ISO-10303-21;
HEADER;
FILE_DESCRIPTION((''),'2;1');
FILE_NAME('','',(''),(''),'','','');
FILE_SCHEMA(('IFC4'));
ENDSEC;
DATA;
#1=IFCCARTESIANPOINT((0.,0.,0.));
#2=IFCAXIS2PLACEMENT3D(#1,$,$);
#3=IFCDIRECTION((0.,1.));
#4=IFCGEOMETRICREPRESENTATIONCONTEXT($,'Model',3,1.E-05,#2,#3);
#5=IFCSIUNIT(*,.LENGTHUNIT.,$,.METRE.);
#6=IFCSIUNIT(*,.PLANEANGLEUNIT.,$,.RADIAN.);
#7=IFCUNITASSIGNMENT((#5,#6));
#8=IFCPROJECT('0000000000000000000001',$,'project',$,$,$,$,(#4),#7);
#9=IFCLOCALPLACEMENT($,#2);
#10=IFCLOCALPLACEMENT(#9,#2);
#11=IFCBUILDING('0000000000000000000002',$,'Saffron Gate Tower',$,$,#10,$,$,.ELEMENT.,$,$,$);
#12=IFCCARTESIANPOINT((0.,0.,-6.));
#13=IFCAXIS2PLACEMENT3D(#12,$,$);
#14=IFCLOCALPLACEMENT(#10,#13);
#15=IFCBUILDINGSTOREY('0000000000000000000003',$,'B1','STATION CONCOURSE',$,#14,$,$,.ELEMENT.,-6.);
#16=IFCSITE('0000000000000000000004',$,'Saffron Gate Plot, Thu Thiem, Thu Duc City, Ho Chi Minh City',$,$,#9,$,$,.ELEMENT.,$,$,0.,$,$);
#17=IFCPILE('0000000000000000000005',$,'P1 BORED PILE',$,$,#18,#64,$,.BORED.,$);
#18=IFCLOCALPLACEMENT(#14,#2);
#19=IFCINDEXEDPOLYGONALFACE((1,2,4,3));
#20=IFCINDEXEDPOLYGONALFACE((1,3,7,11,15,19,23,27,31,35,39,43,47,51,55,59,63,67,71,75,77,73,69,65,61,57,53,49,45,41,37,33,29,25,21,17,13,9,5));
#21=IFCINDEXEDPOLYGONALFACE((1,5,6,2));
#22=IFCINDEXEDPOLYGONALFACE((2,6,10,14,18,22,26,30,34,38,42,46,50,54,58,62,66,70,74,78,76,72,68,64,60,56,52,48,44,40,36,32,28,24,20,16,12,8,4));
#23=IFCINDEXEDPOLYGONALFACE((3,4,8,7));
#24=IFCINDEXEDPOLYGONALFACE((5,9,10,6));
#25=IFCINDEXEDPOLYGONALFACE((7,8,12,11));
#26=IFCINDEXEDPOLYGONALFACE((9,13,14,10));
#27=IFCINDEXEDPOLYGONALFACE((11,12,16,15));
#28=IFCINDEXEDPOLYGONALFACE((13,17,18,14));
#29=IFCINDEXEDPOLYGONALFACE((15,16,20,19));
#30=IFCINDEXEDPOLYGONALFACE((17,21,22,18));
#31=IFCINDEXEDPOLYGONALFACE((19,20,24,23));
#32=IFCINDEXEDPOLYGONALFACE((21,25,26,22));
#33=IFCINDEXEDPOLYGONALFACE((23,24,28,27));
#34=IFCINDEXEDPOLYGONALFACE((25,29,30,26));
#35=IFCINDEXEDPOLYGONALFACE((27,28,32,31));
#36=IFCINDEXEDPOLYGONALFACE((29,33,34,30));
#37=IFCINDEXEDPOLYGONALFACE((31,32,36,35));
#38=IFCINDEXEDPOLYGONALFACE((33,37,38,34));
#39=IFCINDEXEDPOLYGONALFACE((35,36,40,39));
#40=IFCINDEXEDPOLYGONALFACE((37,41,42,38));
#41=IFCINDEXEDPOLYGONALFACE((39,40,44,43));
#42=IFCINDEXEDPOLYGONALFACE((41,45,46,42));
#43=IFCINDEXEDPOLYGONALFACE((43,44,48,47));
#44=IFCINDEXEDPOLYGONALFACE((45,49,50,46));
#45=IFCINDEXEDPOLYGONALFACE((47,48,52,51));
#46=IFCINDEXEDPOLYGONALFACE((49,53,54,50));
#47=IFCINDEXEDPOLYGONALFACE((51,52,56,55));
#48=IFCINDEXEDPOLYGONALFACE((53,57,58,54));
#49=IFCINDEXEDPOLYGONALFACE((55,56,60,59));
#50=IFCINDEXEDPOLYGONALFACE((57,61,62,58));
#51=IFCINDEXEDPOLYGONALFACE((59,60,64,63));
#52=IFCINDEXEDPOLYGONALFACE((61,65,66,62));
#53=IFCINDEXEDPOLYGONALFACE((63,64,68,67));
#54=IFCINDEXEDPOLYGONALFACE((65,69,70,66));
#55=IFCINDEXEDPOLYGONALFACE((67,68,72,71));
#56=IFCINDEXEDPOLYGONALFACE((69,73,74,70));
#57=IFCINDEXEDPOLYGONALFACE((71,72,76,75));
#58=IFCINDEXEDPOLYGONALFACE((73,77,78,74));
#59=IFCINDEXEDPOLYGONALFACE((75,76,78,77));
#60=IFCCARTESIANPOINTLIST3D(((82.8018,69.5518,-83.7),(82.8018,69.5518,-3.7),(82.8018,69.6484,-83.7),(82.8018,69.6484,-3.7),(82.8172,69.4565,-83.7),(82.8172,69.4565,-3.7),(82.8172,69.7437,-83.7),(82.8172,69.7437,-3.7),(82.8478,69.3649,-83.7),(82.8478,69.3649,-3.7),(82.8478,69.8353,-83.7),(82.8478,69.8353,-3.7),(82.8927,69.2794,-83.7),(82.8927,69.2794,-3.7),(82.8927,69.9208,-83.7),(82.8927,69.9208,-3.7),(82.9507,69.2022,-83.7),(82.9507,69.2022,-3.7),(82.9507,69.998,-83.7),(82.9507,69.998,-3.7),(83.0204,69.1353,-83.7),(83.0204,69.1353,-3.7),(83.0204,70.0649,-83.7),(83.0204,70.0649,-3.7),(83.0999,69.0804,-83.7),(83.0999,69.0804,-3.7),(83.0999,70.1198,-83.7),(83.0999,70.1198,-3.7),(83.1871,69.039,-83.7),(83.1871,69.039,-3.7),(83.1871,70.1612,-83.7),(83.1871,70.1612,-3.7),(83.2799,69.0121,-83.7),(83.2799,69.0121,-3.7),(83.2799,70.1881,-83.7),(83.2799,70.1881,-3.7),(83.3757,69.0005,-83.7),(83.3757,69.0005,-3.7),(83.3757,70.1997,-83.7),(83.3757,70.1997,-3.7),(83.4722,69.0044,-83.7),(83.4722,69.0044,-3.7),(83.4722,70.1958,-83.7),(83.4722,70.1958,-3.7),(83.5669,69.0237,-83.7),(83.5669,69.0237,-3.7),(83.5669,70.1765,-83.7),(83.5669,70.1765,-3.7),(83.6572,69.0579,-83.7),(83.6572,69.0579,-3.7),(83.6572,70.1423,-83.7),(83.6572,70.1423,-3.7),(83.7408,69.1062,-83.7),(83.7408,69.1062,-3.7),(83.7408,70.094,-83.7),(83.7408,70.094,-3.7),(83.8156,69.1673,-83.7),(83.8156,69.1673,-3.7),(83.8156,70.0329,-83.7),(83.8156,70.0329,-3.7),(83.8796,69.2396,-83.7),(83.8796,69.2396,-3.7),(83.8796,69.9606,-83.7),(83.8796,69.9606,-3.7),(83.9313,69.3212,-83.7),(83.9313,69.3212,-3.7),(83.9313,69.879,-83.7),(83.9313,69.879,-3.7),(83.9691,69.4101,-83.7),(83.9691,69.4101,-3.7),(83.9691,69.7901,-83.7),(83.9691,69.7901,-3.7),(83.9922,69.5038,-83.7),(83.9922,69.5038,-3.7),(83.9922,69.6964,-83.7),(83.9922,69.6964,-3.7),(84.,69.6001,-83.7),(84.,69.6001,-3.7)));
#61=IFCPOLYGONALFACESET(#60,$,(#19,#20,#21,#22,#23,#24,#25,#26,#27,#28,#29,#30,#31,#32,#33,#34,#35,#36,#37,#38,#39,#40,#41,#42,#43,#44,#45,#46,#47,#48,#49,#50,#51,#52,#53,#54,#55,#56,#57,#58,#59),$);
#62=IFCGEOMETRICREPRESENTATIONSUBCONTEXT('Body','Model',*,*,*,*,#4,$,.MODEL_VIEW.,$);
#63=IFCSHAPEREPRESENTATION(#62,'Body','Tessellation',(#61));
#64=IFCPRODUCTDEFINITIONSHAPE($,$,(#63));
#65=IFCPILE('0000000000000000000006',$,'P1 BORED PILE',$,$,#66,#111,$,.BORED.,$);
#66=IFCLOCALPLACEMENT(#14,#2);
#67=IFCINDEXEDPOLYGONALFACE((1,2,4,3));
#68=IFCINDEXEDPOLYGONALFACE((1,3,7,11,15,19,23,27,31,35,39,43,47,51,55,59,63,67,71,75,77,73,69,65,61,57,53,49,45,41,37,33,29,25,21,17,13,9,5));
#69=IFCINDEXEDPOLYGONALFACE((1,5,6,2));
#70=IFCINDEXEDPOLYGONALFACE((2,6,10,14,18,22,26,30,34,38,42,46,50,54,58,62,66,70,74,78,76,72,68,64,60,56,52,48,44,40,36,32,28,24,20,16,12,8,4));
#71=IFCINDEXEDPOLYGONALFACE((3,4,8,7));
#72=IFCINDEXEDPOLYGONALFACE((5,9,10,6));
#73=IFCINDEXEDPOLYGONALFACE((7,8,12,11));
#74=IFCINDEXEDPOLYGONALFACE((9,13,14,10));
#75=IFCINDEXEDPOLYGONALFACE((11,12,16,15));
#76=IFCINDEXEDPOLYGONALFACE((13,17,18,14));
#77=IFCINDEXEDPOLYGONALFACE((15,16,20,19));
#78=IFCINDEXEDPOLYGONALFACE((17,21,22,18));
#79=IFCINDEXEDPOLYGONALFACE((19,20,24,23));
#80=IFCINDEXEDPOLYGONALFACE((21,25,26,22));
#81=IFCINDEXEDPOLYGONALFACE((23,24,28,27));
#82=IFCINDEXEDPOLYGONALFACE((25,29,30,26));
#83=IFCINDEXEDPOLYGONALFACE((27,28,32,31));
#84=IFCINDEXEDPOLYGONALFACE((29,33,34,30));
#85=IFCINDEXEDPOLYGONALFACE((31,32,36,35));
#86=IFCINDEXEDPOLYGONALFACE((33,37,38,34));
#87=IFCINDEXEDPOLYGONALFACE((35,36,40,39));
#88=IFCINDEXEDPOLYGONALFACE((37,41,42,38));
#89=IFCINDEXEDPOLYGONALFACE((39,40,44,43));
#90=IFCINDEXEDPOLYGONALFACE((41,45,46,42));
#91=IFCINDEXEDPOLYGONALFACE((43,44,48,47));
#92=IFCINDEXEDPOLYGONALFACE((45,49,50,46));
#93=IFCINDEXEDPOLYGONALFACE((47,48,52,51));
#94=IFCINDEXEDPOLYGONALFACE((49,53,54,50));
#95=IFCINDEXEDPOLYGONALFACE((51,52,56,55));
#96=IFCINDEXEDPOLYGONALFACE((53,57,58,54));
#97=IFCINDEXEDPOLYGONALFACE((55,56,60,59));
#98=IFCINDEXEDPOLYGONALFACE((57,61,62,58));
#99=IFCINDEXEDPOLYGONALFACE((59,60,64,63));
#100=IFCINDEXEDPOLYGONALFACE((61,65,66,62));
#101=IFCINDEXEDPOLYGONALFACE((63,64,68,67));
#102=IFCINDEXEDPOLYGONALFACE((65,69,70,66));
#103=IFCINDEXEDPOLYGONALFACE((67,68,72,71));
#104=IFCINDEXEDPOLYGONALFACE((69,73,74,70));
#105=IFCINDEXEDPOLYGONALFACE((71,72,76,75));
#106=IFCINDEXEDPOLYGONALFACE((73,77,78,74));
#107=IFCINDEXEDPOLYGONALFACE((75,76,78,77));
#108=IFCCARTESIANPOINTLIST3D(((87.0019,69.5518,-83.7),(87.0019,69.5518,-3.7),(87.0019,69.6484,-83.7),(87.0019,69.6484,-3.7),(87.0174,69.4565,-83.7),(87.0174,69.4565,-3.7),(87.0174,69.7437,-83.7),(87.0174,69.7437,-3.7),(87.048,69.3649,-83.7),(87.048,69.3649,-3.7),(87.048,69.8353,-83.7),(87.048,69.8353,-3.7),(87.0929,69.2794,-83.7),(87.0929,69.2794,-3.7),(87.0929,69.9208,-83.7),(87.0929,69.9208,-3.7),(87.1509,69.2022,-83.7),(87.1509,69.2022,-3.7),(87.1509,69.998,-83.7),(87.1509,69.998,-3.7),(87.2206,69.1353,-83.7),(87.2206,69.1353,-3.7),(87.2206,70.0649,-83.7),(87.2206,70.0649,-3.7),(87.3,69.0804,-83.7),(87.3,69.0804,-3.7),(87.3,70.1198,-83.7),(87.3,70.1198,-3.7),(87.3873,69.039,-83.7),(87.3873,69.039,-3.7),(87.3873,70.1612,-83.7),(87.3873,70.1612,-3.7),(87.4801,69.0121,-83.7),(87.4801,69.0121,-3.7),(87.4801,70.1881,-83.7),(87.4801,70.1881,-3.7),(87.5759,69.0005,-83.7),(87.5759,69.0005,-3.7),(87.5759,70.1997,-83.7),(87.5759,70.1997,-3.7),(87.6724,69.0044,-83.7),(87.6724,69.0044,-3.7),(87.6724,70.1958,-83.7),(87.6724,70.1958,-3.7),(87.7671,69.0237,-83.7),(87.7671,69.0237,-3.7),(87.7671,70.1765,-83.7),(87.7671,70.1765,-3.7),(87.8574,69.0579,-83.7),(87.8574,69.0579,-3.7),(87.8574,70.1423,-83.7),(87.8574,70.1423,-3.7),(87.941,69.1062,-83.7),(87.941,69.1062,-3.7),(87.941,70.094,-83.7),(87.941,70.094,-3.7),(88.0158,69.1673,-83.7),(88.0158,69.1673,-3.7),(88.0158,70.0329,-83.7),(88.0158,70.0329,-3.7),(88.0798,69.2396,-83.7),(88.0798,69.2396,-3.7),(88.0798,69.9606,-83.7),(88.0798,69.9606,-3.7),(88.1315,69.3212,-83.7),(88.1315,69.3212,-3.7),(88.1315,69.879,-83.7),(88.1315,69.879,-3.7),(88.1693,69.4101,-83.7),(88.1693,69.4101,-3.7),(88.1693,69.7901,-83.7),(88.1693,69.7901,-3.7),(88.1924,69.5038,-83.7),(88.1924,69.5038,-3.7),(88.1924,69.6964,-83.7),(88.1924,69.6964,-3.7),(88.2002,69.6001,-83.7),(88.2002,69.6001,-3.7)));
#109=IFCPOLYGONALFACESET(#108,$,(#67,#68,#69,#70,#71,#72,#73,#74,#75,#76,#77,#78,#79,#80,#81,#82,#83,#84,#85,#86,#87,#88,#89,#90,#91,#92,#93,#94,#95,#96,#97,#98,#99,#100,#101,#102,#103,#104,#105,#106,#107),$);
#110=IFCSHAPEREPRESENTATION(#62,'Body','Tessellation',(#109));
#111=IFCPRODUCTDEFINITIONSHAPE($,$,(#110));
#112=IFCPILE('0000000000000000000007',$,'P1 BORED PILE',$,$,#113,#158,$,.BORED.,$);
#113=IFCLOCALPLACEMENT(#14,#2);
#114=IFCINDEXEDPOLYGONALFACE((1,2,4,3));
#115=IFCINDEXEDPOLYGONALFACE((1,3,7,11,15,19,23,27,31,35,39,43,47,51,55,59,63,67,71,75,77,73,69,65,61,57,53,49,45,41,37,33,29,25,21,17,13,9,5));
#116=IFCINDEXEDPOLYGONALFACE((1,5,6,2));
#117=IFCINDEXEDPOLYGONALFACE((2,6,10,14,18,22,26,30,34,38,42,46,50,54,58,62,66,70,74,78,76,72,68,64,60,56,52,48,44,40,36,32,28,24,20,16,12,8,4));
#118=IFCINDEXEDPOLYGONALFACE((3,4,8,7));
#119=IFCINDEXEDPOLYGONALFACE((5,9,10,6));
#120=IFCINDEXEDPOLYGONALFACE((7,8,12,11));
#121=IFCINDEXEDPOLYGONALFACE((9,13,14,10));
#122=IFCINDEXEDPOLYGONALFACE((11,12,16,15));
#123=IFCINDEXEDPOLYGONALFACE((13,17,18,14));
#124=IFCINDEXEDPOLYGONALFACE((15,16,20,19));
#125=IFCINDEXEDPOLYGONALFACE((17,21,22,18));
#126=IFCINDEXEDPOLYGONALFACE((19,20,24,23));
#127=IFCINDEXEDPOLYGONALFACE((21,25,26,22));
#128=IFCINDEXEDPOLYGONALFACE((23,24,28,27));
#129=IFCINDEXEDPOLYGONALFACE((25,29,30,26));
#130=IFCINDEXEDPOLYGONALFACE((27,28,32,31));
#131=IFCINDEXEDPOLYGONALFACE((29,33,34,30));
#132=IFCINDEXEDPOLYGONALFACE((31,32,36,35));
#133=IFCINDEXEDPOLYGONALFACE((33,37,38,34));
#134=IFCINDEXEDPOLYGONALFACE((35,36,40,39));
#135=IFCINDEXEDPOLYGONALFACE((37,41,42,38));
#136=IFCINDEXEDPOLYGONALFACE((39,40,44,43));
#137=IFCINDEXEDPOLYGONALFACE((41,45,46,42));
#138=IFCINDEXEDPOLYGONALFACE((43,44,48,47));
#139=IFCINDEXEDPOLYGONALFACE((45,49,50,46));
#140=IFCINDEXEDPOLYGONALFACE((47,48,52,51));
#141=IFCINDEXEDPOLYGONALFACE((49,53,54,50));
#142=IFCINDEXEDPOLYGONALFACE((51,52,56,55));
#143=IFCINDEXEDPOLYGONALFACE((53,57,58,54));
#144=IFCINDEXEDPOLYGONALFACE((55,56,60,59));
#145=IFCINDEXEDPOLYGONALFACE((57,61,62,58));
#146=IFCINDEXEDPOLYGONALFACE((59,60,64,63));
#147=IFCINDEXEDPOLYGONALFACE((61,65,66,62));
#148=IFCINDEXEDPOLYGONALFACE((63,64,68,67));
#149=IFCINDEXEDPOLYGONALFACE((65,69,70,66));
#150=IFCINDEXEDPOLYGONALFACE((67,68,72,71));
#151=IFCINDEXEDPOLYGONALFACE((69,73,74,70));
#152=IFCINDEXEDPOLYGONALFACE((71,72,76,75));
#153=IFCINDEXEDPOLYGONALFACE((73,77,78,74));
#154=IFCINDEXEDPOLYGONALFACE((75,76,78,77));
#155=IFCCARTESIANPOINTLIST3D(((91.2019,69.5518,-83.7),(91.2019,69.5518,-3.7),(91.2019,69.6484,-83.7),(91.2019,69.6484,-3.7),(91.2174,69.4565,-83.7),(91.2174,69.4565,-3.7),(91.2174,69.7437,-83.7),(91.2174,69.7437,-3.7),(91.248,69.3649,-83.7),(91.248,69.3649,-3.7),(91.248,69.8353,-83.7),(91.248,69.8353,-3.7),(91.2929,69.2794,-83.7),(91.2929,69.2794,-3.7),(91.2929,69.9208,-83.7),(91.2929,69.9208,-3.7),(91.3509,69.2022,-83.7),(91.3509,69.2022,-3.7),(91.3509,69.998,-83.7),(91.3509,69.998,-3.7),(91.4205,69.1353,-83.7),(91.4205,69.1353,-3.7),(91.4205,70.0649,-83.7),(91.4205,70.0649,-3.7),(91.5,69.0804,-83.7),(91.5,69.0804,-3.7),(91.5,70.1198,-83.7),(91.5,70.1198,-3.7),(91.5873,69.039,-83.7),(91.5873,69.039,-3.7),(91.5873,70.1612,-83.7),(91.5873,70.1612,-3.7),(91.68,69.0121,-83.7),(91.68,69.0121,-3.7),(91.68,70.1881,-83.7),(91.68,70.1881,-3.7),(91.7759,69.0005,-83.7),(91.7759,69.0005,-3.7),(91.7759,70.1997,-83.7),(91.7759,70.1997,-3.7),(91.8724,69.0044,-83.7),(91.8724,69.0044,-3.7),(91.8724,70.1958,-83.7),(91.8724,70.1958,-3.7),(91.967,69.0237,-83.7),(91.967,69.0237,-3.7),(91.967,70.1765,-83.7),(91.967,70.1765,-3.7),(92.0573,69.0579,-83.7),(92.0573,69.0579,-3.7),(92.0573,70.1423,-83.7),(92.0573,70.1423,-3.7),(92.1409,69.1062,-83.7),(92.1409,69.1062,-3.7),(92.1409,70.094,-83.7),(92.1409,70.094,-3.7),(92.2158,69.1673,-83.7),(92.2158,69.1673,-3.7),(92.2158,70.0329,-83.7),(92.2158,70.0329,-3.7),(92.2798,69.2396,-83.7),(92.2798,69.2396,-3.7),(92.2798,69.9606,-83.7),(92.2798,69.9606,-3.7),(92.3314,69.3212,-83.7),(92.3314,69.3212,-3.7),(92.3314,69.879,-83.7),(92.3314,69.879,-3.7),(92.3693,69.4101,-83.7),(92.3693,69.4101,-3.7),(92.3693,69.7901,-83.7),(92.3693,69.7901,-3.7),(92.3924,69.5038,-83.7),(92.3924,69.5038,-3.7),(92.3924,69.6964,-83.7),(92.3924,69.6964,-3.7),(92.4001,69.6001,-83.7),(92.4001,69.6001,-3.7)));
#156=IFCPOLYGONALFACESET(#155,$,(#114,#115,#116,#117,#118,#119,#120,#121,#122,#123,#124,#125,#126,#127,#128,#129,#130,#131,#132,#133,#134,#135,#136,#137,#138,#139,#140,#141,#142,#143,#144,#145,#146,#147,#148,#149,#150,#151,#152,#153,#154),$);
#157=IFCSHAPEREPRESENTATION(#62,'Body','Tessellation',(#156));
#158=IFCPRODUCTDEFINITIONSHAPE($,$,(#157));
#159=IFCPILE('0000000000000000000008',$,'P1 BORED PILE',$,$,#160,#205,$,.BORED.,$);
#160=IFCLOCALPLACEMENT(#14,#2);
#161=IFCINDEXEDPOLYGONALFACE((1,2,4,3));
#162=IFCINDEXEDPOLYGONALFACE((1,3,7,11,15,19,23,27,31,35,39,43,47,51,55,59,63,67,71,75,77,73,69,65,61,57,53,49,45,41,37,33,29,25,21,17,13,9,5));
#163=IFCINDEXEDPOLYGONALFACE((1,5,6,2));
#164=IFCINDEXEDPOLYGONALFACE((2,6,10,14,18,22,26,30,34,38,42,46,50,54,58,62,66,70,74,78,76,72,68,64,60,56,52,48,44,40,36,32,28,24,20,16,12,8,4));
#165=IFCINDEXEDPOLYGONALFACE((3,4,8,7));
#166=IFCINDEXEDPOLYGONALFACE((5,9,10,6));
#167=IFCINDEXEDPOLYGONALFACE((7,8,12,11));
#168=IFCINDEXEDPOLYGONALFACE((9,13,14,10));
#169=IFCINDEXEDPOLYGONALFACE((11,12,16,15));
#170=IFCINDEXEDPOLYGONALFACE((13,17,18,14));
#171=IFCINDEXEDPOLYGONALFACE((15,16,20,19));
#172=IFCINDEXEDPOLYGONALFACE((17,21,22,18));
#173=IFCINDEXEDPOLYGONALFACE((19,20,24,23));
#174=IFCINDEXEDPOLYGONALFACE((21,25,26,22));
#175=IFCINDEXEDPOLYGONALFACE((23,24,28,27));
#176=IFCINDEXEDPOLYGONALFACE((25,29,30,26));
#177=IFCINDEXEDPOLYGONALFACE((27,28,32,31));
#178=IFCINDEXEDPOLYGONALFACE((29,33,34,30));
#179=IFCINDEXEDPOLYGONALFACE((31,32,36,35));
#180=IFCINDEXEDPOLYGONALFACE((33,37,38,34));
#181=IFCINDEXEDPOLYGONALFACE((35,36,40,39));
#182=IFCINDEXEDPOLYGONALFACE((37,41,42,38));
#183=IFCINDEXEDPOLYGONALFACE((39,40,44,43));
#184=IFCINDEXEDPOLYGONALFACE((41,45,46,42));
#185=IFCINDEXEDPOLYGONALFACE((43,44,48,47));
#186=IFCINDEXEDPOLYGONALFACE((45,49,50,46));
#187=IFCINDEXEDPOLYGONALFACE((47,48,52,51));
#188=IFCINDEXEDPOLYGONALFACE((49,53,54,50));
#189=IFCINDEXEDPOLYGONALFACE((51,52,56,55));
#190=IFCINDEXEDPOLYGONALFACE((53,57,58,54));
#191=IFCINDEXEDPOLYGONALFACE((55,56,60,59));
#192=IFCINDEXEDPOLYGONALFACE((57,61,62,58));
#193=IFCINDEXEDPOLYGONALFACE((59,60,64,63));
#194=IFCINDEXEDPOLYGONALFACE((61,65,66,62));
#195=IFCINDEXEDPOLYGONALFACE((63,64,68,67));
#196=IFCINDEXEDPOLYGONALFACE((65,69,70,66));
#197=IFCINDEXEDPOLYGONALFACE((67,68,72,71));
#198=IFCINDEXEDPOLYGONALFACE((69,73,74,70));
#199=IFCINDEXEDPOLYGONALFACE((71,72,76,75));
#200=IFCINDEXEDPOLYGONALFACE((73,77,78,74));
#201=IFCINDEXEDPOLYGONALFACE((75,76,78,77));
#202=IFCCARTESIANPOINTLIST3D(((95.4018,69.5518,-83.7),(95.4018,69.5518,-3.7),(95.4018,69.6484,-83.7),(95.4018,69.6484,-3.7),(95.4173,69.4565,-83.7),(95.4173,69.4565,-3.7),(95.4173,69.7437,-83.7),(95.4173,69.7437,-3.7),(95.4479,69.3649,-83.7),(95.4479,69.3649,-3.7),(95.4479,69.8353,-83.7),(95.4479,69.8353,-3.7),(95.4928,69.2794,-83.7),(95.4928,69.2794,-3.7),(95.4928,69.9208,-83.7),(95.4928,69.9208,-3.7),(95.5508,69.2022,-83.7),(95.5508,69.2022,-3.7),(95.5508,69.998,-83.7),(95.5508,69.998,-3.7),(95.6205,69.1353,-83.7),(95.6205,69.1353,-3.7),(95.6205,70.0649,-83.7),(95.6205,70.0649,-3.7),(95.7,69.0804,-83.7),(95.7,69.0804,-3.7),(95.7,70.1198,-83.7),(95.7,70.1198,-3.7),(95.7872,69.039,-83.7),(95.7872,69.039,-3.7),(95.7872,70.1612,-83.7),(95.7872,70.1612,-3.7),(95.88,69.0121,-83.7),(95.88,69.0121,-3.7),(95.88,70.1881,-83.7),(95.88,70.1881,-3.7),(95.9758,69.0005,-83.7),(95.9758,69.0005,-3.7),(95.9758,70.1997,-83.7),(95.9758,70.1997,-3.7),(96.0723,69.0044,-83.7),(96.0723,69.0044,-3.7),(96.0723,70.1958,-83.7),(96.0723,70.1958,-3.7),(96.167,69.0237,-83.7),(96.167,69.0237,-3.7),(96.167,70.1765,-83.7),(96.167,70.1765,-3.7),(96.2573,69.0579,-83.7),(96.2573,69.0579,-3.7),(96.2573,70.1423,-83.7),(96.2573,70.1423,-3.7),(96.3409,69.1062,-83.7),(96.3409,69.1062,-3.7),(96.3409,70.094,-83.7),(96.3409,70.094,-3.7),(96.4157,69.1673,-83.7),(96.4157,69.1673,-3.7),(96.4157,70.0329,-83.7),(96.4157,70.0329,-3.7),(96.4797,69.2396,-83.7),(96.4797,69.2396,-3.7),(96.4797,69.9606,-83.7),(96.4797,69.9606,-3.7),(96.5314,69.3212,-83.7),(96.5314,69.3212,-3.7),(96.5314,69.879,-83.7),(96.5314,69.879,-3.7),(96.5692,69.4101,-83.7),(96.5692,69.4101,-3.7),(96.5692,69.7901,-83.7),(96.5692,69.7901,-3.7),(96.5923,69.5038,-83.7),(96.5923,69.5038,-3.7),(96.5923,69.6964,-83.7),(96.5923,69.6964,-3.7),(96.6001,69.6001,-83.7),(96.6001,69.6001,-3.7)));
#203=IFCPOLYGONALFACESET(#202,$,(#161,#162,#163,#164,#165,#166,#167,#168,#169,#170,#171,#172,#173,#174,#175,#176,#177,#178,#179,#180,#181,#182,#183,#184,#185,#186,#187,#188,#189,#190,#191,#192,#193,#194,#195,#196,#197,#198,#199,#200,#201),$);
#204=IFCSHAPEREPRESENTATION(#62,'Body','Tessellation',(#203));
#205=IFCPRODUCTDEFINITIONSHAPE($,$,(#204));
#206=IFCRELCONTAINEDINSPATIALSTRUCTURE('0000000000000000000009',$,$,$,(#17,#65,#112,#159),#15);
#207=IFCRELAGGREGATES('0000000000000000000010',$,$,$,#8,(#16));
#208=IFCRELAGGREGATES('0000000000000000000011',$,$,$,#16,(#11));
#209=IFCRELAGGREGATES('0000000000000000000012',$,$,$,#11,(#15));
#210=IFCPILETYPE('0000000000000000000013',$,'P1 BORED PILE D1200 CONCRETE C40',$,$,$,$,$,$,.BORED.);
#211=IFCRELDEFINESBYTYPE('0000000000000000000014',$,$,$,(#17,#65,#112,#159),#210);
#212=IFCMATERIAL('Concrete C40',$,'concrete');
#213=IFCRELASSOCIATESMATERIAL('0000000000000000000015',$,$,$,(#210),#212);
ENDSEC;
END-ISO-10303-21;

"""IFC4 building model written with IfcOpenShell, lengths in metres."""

from ifc_helpers import new_model, si_unit, direction, frame, origin, origin_2d, place, context, subcontext, project, spatial, circle, extrude, material, material_profile, profile_set, type_object, element, save


model = new_model("IFC4")

# Units and contexts
model_context = context("Model", 3, precision=1e-05, world=origin(), true_north=direction((0.0, 1.0)))
body_context = subcontext(model_context, "Body", "Model", "MODEL_VIEW")
ifc_project = project(units=[si_unit("LENGTHUNIT", "METRE"), si_unit("PLANEANGLEUNIT", "RADIAN")], contexts=[model_context])

# Site, building, storey
site_placement = place(None, origin())
site = spatial("IfcSite", under=ifc_project, at=site_placement, Name="Saffron Gate Plot, Thu Thiem, Thu Duc City, Ho Chi Minh City", CompositionType="ELEMENT", RefElevation=0.0)
building_placement = place(site_placement, origin())
building = spatial("IfcBuilding", under=site, at=building_placement, Name="Saffron Gate Tower", CompositionType="ELEMENT")
storey_placement = place(building_placement, frame((0.0, 0.0, -6.0)))
storey = spatial("IfcBuildingStorey", under=building, at=storey_placement, Name="B1", Description="STATION CONCOURSE", CompositionType="ELEMENT", Elevation=-6.0)

# Piles
ifc_material_1 = material(Name="Concrete C40", Category="concrete")
ifc_material_profile_1 = material_profile(ifc_material_1, circle(Radius=0.6001, at=origin_2d()))
ifc_profile_set_1 = profile_set([ifc_material_profile_1], Name="Concrete C40")
pile_type_1 = type_object("IfcPileType", Name="P1 BORED PILE D1200 CONCRETE C40", PredefinedType="BORED", material=ifc_profile_set_1)
for number, where, z_axis, x_axis, name in (
    (1, (83.3999, 69.6001, -3.7), (0.0, 0.0, -1.0), (1.0, 0.0, 0.0), "P1 BORED PILE"),
    (2, (87.6001, 69.6001, -3.7), (0.0, 0.0, -1.0), (1.0, 0.0, 0.0), "P1 BORED PILE"),
    (3, (91.8, 69.6001, -3.7), (0.0, 0.0, -1.0), (1.0, 0.0, 0.0), "P1 BORED PILE"),
    (4, (96.0, 69.6001, -3.7), (0.0, 0.0, -1.0), (1.0, 0.0, 0.0), "P1 BORED PILE"),
):
    element("IfcPile", number, at=place(storey_placement, frame(where, z_axis=z_axis, x_axis=x_axis)), inside=storey, type_object=pile_type_1, Name=name, PredefinedType="BORED", context=body_context, shape_type="SweptSolid", body=[
        extrude(circle(Radius=0.6001, at=origin_2d()), origin(), (0.0, 0.0, 1.0), 80.0),
    ])

save(model, "model.ifc")
